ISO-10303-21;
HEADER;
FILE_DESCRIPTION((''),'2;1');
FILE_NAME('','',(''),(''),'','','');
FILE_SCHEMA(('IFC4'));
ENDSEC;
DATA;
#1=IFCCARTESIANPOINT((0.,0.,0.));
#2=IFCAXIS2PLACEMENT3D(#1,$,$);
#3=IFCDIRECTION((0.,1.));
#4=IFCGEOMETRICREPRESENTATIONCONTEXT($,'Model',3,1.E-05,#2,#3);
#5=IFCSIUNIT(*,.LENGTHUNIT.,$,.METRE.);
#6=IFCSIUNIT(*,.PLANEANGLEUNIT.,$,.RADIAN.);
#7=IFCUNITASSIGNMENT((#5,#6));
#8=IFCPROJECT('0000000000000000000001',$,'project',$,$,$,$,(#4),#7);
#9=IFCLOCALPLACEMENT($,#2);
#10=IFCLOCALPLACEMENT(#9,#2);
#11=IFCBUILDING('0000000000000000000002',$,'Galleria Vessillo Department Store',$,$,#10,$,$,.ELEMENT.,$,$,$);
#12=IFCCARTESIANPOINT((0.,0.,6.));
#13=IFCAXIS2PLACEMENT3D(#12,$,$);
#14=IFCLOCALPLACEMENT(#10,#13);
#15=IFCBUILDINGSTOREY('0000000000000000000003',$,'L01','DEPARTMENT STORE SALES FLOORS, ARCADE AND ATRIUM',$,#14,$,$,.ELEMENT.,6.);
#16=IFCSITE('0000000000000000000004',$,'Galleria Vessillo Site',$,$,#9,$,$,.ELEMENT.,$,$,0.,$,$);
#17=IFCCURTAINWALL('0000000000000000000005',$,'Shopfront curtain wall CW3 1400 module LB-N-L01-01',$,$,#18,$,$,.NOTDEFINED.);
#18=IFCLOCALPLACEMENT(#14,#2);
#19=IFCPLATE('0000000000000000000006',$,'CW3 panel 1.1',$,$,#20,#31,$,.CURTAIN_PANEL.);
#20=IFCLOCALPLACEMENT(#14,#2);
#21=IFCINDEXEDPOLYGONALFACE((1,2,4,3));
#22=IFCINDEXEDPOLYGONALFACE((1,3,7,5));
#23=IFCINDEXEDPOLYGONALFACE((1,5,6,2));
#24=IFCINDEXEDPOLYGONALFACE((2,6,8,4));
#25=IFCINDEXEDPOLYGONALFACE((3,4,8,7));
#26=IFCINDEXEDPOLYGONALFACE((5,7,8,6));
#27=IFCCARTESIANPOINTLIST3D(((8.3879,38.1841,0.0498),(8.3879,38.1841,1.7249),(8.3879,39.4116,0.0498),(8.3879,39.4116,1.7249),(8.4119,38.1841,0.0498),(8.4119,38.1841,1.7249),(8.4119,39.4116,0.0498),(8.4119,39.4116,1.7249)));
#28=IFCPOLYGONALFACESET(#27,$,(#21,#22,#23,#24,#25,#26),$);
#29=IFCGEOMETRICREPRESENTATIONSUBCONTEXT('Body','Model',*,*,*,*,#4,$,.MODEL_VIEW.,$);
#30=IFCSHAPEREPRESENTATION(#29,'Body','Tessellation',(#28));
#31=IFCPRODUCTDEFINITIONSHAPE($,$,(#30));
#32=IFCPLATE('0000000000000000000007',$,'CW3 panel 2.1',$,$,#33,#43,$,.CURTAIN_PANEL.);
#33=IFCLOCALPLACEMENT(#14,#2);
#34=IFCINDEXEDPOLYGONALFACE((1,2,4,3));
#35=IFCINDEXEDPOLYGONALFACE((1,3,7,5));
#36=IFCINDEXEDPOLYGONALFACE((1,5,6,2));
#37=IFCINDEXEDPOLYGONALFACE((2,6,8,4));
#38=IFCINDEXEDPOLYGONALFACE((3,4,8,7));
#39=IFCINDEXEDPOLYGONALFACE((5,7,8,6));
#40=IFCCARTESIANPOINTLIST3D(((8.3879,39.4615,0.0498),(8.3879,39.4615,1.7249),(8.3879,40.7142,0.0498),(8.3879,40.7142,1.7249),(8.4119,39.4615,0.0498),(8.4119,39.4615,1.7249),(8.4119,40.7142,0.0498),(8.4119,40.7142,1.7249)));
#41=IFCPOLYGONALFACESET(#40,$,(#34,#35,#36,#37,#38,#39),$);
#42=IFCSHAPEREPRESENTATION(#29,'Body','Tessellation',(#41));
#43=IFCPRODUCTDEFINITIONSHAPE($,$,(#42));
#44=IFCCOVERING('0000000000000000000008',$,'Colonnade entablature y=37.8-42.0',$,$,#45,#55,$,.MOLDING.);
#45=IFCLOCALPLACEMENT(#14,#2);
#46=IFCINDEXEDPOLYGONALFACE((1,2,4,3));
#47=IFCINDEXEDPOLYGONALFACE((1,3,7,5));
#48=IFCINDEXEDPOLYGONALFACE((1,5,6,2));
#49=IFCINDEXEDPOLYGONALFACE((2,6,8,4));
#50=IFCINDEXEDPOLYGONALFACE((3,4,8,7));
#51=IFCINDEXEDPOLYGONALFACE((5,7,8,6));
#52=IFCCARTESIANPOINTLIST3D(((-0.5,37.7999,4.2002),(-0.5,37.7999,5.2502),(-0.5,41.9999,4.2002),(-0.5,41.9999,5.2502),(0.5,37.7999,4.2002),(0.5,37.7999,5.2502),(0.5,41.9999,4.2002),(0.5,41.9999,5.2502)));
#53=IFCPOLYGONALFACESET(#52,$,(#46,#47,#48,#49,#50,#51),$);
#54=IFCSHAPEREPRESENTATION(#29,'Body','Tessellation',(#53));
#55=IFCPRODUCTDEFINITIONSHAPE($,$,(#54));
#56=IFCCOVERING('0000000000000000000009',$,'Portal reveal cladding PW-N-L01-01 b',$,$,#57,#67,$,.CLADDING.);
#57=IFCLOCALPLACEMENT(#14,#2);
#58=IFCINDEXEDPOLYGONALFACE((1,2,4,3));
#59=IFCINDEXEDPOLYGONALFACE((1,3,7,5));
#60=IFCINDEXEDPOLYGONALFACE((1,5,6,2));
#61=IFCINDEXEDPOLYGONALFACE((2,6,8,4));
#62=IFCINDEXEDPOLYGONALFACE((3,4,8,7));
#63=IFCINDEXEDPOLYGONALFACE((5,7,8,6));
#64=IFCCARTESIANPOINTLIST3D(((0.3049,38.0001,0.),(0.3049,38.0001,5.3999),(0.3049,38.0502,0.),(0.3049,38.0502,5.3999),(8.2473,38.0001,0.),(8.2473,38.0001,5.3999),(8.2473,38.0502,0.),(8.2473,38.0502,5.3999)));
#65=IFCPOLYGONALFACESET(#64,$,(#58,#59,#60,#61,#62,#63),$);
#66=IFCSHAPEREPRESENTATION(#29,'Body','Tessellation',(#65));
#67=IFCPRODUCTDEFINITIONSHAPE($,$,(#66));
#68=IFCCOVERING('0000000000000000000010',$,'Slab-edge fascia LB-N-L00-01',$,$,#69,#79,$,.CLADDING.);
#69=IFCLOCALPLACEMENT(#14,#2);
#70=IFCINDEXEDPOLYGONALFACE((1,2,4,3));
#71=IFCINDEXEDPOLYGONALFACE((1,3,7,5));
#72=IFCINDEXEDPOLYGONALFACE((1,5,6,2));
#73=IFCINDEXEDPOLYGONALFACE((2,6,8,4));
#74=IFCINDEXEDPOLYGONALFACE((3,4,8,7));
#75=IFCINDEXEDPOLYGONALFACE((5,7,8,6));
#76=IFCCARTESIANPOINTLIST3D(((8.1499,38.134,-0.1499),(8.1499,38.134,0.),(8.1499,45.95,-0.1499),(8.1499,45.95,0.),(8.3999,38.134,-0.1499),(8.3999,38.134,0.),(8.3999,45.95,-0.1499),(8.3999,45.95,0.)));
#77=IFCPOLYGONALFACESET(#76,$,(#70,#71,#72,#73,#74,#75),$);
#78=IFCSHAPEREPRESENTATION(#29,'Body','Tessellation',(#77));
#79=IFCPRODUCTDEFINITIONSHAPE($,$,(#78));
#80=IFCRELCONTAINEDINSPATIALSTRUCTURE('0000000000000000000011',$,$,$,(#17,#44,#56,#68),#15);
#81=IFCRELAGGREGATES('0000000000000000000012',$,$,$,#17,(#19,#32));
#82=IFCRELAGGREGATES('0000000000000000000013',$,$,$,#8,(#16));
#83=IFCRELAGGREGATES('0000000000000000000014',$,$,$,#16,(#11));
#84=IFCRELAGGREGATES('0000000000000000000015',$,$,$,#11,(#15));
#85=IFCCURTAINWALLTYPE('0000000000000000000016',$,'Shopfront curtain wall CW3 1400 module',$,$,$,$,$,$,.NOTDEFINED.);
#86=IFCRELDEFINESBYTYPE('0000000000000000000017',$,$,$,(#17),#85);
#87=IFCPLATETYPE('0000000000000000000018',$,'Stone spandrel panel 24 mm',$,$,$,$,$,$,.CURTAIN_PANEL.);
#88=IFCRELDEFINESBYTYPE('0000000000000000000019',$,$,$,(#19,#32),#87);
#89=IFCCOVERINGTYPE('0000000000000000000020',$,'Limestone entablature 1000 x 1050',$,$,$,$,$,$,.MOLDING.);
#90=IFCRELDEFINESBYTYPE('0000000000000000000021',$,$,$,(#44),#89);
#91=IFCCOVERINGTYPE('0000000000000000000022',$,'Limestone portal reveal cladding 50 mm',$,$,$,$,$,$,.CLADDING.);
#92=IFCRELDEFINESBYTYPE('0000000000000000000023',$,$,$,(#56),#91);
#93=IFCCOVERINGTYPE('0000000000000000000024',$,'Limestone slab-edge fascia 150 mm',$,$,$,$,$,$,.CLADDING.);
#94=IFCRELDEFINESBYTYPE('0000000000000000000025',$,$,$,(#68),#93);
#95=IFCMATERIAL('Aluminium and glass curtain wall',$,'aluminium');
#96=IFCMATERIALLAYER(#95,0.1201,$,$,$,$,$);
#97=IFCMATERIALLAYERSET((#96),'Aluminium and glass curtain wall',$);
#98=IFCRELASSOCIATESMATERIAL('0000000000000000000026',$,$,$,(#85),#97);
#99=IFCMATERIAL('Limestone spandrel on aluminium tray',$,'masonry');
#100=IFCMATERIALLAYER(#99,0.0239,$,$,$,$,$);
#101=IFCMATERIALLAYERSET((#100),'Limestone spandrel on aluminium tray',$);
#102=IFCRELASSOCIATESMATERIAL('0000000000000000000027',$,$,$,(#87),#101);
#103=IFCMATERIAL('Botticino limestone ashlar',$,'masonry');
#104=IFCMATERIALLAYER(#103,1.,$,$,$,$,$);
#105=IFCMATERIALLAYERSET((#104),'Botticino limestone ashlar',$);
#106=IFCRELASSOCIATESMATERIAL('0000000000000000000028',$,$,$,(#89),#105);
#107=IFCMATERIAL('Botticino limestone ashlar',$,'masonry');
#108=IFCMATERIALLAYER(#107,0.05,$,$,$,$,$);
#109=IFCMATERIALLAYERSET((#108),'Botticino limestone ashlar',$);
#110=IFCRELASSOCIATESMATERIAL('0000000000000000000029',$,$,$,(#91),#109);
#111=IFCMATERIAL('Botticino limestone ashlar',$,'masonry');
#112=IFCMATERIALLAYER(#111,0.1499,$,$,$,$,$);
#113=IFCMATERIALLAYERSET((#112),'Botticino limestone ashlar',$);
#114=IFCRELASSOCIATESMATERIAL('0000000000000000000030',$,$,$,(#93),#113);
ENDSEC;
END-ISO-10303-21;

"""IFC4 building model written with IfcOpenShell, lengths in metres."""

from ifc_helpers import new_model, si_unit, direction, frame, origin, origin_2d, place, context, subcontext, project, spatial, rectangle, extrude, material, layer, layer_set, type_object, element, aggregate, save


model = new_model("IFC4")

# Units and contexts
model_context = context("Model", 3, precision=1e-05, world=origin(), true_north=direction((0.0, 1.0)))
body_context = subcontext(model_context, "Body", "Model", "MODEL_VIEW")
ifc_project = project(units=[si_unit("LENGTHUNIT", "METRE"), si_unit("PLANEANGLEUNIT", "RADIAN")], contexts=[model_context])

# Site, building, storey
site_placement = place(None, origin())
site = spatial("IfcSite", under=ifc_project, at=site_placement, Name="Galleria Vessillo Site", CompositionType="ELEMENT", RefElevation=0.0)
building_placement = place(site_placement, origin())
building = spatial("IfcBuilding", under=site, at=building_placement, Name="Galleria Vessillo Department Store", CompositionType="ELEMENT")
storey_placement = place(building_placement, frame((0.0, 0.0, 6.0)))
storey = spatial("IfcBuildingStorey", under=building, at=storey_placement, Name="L01", Description="DEPARTMENT STORE SALES FLOORS, ARCADE AND ATRIUM", CompositionType="ELEMENT", Elevation=6.0)

# Curtain wall
ifc_material_1 = material(Name="Aluminium and glass curtain wall", Category="aluminium")
ifc_layer_1 = layer(ifc_material_1, 0.1201)
ifc_layer_set_1 = layer_set([ifc_layer_1], Name="Aluminium and glass curtain wall")
curtain_wall_type = type_object("IfcCurtainWallType", Name="Shopfront curtain wall CW3 1400 module", PredefinedType="NOTDEFINED", material=ifc_layer_set_1)
curtain_wall_placement = place(storey_placement, origin())
curtain_wall = element("IfcCurtainWall", 1, at=curtain_wall_placement, inside=storey, type_object=curtain_wall_type, Name="Shopfront curtain wall CW3 1400 module LB-N-L01-01", PredefinedType="NOTDEFINED")

# Plates
ifc_material_2 = material(Name="Limestone spandrel on aluminium tray", Category="masonry")
ifc_layer_2 = layer(ifc_material_2, 0.0239)
ifc_layer_set_2 = layer_set([ifc_layer_2], Name="Limestone spandrel on aluminium tray")
plate_type_1 = type_object("IfcPlateType", Name="Stone spandrel panel 24 mm", PredefinedType="CURTAIN_PANEL", material=ifc_layer_set_2)
plate_1_placement = place(storey_placement, frame((8.3999, 38.7979, 0.0498), z_axis=(0.0, 0.0, 1.0), x_axis=(0.0, 1.0, 0.0)))
plate_1 = element("IfcPlate", 2, at=plate_1_placement, type_object=plate_type_1, Name="CW3 panel 1.1", PredefinedType="CURTAIN_PANEL", context=body_context, shape_type="SweptSolid", body=[
    extrude(rectangle(XDim=1.2275, YDim=0.0239, at=origin_2d()), origin(), (0.0, 0.0, 1.0), 1.675),
])
plate_2_placement = place(storey_placement, frame((8.3999, 40.0879, 0.0498), z_axis=(0.0, 0.0, 1.0), x_axis=(0.0, 1.0, 0.0)))
plate_2 = element("IfcPlate", 3, at=plate_2_placement, type_object=plate_type_1, Name="CW3 panel 2.1", PredefinedType="CURTAIN_PANEL", context=body_context, shape_type="SweptSolid", body=[
    extrude(rectangle(XDim=1.2527, YDim=0.0239, at=origin_2d()), origin(), (0.0, 0.0, 1.0), 1.675),
])
aggregate(curtain_wall, [plate_1, plate_2])

# Coverings
ifc_material_3 = material(Name="Botticino limestone ashlar", Category="masonry")
ifc_layer_3 = layer(ifc_material_3, 1.0)
ifc_layer_set_3 = layer_set([ifc_layer_3], Name="Botticino limestone ashlar")
covering_type_1 = type_object("IfcCoveringType", Name="Limestone entablature 1000 x 1050", PredefinedType="MOLDING", material=ifc_layer_set_3)
covering_1_placement = place(storey_placement, frame((0.0, 39.8999, 4.2002), z_axis=(0.0, 0.0, 1.0), x_axis=(1.0, 0.0, 0.0)))
element("IfcCovering", 4, at=covering_1_placement, inside=storey, type_object=covering_type_1, Name="Colonnade entablature y=37.8-42.0", PredefinedType="MOLDING", context=body_context, shape_type="SweptSolid", body=[
    extrude(rectangle(XDim=1.0, YDim=4.2, at=origin_2d()), origin(), (0.0, 0.0, 1.0), 1.05),
])
ifc_material_4 = material(Name="Botticino limestone ashlar", Category="masonry")
ifc_layer_4 = layer(ifc_material_4, 0.05)
ifc_layer_set_4 = layer_set([ifc_layer_4], Name="Botticino limestone ashlar")
covering_type_2 = type_object("IfcCoveringType", Name="Limestone portal reveal cladding 50 mm", PredefinedType="CLADDING", material=ifc_layer_set_4)
covering_2_placement = place(storey_placement, frame((4.2761, 38.0251, 0.0), z_axis=(0.0, 0.0, 1.0), x_axis=(1.0, 0.0, 0.0)))
element("IfcCovering", 5, at=covering_2_placement, inside=storey, type_object=covering_type_2, Name="Portal reveal cladding PW-N-L01-01 b", PredefinedType="CLADDING", context=body_context, shape_type="SweptSolid", body=[
    extrude(rectangle(XDim=7.9424, YDim=0.05, at=origin_2d()), origin(), (0.0, 0.0, 1.0), 5.3999),
])
ifc_material_5 = material(Name="Botticino limestone ashlar", Category="masonry")
ifc_layer_5 = layer(ifc_material_5, 0.1499)
ifc_layer_set_5 = layer_set([ifc_layer_5], Name="Botticino limestone ashlar")
covering_type_3 = type_object("IfcCoveringType", Name="Limestone slab-edge fascia 150 mm", PredefinedType="CLADDING", material=ifc_layer_set_5)
covering_3_placement = place(storey_placement, frame((8.2749, 42.042, -0.1499), z_axis=(0.0, 0.0, 1.0), x_axis=(1.0, 0.0, 0.0)))
element("IfcCovering", 6, at=covering_3_placement, inside=storey, type_object=covering_type_3, Name="Slab-edge fascia LB-N-L00-01", PredefinedType="CLADDING", context=body_context, shape_type="SweptSolid", body=[
    extrude(rectangle(XDim=0.25, YDim=7.8159, at=origin_2d()), origin(), (0.0, 0.0, 1.0), 0.1499),
])

save(model, "model.ifc")
